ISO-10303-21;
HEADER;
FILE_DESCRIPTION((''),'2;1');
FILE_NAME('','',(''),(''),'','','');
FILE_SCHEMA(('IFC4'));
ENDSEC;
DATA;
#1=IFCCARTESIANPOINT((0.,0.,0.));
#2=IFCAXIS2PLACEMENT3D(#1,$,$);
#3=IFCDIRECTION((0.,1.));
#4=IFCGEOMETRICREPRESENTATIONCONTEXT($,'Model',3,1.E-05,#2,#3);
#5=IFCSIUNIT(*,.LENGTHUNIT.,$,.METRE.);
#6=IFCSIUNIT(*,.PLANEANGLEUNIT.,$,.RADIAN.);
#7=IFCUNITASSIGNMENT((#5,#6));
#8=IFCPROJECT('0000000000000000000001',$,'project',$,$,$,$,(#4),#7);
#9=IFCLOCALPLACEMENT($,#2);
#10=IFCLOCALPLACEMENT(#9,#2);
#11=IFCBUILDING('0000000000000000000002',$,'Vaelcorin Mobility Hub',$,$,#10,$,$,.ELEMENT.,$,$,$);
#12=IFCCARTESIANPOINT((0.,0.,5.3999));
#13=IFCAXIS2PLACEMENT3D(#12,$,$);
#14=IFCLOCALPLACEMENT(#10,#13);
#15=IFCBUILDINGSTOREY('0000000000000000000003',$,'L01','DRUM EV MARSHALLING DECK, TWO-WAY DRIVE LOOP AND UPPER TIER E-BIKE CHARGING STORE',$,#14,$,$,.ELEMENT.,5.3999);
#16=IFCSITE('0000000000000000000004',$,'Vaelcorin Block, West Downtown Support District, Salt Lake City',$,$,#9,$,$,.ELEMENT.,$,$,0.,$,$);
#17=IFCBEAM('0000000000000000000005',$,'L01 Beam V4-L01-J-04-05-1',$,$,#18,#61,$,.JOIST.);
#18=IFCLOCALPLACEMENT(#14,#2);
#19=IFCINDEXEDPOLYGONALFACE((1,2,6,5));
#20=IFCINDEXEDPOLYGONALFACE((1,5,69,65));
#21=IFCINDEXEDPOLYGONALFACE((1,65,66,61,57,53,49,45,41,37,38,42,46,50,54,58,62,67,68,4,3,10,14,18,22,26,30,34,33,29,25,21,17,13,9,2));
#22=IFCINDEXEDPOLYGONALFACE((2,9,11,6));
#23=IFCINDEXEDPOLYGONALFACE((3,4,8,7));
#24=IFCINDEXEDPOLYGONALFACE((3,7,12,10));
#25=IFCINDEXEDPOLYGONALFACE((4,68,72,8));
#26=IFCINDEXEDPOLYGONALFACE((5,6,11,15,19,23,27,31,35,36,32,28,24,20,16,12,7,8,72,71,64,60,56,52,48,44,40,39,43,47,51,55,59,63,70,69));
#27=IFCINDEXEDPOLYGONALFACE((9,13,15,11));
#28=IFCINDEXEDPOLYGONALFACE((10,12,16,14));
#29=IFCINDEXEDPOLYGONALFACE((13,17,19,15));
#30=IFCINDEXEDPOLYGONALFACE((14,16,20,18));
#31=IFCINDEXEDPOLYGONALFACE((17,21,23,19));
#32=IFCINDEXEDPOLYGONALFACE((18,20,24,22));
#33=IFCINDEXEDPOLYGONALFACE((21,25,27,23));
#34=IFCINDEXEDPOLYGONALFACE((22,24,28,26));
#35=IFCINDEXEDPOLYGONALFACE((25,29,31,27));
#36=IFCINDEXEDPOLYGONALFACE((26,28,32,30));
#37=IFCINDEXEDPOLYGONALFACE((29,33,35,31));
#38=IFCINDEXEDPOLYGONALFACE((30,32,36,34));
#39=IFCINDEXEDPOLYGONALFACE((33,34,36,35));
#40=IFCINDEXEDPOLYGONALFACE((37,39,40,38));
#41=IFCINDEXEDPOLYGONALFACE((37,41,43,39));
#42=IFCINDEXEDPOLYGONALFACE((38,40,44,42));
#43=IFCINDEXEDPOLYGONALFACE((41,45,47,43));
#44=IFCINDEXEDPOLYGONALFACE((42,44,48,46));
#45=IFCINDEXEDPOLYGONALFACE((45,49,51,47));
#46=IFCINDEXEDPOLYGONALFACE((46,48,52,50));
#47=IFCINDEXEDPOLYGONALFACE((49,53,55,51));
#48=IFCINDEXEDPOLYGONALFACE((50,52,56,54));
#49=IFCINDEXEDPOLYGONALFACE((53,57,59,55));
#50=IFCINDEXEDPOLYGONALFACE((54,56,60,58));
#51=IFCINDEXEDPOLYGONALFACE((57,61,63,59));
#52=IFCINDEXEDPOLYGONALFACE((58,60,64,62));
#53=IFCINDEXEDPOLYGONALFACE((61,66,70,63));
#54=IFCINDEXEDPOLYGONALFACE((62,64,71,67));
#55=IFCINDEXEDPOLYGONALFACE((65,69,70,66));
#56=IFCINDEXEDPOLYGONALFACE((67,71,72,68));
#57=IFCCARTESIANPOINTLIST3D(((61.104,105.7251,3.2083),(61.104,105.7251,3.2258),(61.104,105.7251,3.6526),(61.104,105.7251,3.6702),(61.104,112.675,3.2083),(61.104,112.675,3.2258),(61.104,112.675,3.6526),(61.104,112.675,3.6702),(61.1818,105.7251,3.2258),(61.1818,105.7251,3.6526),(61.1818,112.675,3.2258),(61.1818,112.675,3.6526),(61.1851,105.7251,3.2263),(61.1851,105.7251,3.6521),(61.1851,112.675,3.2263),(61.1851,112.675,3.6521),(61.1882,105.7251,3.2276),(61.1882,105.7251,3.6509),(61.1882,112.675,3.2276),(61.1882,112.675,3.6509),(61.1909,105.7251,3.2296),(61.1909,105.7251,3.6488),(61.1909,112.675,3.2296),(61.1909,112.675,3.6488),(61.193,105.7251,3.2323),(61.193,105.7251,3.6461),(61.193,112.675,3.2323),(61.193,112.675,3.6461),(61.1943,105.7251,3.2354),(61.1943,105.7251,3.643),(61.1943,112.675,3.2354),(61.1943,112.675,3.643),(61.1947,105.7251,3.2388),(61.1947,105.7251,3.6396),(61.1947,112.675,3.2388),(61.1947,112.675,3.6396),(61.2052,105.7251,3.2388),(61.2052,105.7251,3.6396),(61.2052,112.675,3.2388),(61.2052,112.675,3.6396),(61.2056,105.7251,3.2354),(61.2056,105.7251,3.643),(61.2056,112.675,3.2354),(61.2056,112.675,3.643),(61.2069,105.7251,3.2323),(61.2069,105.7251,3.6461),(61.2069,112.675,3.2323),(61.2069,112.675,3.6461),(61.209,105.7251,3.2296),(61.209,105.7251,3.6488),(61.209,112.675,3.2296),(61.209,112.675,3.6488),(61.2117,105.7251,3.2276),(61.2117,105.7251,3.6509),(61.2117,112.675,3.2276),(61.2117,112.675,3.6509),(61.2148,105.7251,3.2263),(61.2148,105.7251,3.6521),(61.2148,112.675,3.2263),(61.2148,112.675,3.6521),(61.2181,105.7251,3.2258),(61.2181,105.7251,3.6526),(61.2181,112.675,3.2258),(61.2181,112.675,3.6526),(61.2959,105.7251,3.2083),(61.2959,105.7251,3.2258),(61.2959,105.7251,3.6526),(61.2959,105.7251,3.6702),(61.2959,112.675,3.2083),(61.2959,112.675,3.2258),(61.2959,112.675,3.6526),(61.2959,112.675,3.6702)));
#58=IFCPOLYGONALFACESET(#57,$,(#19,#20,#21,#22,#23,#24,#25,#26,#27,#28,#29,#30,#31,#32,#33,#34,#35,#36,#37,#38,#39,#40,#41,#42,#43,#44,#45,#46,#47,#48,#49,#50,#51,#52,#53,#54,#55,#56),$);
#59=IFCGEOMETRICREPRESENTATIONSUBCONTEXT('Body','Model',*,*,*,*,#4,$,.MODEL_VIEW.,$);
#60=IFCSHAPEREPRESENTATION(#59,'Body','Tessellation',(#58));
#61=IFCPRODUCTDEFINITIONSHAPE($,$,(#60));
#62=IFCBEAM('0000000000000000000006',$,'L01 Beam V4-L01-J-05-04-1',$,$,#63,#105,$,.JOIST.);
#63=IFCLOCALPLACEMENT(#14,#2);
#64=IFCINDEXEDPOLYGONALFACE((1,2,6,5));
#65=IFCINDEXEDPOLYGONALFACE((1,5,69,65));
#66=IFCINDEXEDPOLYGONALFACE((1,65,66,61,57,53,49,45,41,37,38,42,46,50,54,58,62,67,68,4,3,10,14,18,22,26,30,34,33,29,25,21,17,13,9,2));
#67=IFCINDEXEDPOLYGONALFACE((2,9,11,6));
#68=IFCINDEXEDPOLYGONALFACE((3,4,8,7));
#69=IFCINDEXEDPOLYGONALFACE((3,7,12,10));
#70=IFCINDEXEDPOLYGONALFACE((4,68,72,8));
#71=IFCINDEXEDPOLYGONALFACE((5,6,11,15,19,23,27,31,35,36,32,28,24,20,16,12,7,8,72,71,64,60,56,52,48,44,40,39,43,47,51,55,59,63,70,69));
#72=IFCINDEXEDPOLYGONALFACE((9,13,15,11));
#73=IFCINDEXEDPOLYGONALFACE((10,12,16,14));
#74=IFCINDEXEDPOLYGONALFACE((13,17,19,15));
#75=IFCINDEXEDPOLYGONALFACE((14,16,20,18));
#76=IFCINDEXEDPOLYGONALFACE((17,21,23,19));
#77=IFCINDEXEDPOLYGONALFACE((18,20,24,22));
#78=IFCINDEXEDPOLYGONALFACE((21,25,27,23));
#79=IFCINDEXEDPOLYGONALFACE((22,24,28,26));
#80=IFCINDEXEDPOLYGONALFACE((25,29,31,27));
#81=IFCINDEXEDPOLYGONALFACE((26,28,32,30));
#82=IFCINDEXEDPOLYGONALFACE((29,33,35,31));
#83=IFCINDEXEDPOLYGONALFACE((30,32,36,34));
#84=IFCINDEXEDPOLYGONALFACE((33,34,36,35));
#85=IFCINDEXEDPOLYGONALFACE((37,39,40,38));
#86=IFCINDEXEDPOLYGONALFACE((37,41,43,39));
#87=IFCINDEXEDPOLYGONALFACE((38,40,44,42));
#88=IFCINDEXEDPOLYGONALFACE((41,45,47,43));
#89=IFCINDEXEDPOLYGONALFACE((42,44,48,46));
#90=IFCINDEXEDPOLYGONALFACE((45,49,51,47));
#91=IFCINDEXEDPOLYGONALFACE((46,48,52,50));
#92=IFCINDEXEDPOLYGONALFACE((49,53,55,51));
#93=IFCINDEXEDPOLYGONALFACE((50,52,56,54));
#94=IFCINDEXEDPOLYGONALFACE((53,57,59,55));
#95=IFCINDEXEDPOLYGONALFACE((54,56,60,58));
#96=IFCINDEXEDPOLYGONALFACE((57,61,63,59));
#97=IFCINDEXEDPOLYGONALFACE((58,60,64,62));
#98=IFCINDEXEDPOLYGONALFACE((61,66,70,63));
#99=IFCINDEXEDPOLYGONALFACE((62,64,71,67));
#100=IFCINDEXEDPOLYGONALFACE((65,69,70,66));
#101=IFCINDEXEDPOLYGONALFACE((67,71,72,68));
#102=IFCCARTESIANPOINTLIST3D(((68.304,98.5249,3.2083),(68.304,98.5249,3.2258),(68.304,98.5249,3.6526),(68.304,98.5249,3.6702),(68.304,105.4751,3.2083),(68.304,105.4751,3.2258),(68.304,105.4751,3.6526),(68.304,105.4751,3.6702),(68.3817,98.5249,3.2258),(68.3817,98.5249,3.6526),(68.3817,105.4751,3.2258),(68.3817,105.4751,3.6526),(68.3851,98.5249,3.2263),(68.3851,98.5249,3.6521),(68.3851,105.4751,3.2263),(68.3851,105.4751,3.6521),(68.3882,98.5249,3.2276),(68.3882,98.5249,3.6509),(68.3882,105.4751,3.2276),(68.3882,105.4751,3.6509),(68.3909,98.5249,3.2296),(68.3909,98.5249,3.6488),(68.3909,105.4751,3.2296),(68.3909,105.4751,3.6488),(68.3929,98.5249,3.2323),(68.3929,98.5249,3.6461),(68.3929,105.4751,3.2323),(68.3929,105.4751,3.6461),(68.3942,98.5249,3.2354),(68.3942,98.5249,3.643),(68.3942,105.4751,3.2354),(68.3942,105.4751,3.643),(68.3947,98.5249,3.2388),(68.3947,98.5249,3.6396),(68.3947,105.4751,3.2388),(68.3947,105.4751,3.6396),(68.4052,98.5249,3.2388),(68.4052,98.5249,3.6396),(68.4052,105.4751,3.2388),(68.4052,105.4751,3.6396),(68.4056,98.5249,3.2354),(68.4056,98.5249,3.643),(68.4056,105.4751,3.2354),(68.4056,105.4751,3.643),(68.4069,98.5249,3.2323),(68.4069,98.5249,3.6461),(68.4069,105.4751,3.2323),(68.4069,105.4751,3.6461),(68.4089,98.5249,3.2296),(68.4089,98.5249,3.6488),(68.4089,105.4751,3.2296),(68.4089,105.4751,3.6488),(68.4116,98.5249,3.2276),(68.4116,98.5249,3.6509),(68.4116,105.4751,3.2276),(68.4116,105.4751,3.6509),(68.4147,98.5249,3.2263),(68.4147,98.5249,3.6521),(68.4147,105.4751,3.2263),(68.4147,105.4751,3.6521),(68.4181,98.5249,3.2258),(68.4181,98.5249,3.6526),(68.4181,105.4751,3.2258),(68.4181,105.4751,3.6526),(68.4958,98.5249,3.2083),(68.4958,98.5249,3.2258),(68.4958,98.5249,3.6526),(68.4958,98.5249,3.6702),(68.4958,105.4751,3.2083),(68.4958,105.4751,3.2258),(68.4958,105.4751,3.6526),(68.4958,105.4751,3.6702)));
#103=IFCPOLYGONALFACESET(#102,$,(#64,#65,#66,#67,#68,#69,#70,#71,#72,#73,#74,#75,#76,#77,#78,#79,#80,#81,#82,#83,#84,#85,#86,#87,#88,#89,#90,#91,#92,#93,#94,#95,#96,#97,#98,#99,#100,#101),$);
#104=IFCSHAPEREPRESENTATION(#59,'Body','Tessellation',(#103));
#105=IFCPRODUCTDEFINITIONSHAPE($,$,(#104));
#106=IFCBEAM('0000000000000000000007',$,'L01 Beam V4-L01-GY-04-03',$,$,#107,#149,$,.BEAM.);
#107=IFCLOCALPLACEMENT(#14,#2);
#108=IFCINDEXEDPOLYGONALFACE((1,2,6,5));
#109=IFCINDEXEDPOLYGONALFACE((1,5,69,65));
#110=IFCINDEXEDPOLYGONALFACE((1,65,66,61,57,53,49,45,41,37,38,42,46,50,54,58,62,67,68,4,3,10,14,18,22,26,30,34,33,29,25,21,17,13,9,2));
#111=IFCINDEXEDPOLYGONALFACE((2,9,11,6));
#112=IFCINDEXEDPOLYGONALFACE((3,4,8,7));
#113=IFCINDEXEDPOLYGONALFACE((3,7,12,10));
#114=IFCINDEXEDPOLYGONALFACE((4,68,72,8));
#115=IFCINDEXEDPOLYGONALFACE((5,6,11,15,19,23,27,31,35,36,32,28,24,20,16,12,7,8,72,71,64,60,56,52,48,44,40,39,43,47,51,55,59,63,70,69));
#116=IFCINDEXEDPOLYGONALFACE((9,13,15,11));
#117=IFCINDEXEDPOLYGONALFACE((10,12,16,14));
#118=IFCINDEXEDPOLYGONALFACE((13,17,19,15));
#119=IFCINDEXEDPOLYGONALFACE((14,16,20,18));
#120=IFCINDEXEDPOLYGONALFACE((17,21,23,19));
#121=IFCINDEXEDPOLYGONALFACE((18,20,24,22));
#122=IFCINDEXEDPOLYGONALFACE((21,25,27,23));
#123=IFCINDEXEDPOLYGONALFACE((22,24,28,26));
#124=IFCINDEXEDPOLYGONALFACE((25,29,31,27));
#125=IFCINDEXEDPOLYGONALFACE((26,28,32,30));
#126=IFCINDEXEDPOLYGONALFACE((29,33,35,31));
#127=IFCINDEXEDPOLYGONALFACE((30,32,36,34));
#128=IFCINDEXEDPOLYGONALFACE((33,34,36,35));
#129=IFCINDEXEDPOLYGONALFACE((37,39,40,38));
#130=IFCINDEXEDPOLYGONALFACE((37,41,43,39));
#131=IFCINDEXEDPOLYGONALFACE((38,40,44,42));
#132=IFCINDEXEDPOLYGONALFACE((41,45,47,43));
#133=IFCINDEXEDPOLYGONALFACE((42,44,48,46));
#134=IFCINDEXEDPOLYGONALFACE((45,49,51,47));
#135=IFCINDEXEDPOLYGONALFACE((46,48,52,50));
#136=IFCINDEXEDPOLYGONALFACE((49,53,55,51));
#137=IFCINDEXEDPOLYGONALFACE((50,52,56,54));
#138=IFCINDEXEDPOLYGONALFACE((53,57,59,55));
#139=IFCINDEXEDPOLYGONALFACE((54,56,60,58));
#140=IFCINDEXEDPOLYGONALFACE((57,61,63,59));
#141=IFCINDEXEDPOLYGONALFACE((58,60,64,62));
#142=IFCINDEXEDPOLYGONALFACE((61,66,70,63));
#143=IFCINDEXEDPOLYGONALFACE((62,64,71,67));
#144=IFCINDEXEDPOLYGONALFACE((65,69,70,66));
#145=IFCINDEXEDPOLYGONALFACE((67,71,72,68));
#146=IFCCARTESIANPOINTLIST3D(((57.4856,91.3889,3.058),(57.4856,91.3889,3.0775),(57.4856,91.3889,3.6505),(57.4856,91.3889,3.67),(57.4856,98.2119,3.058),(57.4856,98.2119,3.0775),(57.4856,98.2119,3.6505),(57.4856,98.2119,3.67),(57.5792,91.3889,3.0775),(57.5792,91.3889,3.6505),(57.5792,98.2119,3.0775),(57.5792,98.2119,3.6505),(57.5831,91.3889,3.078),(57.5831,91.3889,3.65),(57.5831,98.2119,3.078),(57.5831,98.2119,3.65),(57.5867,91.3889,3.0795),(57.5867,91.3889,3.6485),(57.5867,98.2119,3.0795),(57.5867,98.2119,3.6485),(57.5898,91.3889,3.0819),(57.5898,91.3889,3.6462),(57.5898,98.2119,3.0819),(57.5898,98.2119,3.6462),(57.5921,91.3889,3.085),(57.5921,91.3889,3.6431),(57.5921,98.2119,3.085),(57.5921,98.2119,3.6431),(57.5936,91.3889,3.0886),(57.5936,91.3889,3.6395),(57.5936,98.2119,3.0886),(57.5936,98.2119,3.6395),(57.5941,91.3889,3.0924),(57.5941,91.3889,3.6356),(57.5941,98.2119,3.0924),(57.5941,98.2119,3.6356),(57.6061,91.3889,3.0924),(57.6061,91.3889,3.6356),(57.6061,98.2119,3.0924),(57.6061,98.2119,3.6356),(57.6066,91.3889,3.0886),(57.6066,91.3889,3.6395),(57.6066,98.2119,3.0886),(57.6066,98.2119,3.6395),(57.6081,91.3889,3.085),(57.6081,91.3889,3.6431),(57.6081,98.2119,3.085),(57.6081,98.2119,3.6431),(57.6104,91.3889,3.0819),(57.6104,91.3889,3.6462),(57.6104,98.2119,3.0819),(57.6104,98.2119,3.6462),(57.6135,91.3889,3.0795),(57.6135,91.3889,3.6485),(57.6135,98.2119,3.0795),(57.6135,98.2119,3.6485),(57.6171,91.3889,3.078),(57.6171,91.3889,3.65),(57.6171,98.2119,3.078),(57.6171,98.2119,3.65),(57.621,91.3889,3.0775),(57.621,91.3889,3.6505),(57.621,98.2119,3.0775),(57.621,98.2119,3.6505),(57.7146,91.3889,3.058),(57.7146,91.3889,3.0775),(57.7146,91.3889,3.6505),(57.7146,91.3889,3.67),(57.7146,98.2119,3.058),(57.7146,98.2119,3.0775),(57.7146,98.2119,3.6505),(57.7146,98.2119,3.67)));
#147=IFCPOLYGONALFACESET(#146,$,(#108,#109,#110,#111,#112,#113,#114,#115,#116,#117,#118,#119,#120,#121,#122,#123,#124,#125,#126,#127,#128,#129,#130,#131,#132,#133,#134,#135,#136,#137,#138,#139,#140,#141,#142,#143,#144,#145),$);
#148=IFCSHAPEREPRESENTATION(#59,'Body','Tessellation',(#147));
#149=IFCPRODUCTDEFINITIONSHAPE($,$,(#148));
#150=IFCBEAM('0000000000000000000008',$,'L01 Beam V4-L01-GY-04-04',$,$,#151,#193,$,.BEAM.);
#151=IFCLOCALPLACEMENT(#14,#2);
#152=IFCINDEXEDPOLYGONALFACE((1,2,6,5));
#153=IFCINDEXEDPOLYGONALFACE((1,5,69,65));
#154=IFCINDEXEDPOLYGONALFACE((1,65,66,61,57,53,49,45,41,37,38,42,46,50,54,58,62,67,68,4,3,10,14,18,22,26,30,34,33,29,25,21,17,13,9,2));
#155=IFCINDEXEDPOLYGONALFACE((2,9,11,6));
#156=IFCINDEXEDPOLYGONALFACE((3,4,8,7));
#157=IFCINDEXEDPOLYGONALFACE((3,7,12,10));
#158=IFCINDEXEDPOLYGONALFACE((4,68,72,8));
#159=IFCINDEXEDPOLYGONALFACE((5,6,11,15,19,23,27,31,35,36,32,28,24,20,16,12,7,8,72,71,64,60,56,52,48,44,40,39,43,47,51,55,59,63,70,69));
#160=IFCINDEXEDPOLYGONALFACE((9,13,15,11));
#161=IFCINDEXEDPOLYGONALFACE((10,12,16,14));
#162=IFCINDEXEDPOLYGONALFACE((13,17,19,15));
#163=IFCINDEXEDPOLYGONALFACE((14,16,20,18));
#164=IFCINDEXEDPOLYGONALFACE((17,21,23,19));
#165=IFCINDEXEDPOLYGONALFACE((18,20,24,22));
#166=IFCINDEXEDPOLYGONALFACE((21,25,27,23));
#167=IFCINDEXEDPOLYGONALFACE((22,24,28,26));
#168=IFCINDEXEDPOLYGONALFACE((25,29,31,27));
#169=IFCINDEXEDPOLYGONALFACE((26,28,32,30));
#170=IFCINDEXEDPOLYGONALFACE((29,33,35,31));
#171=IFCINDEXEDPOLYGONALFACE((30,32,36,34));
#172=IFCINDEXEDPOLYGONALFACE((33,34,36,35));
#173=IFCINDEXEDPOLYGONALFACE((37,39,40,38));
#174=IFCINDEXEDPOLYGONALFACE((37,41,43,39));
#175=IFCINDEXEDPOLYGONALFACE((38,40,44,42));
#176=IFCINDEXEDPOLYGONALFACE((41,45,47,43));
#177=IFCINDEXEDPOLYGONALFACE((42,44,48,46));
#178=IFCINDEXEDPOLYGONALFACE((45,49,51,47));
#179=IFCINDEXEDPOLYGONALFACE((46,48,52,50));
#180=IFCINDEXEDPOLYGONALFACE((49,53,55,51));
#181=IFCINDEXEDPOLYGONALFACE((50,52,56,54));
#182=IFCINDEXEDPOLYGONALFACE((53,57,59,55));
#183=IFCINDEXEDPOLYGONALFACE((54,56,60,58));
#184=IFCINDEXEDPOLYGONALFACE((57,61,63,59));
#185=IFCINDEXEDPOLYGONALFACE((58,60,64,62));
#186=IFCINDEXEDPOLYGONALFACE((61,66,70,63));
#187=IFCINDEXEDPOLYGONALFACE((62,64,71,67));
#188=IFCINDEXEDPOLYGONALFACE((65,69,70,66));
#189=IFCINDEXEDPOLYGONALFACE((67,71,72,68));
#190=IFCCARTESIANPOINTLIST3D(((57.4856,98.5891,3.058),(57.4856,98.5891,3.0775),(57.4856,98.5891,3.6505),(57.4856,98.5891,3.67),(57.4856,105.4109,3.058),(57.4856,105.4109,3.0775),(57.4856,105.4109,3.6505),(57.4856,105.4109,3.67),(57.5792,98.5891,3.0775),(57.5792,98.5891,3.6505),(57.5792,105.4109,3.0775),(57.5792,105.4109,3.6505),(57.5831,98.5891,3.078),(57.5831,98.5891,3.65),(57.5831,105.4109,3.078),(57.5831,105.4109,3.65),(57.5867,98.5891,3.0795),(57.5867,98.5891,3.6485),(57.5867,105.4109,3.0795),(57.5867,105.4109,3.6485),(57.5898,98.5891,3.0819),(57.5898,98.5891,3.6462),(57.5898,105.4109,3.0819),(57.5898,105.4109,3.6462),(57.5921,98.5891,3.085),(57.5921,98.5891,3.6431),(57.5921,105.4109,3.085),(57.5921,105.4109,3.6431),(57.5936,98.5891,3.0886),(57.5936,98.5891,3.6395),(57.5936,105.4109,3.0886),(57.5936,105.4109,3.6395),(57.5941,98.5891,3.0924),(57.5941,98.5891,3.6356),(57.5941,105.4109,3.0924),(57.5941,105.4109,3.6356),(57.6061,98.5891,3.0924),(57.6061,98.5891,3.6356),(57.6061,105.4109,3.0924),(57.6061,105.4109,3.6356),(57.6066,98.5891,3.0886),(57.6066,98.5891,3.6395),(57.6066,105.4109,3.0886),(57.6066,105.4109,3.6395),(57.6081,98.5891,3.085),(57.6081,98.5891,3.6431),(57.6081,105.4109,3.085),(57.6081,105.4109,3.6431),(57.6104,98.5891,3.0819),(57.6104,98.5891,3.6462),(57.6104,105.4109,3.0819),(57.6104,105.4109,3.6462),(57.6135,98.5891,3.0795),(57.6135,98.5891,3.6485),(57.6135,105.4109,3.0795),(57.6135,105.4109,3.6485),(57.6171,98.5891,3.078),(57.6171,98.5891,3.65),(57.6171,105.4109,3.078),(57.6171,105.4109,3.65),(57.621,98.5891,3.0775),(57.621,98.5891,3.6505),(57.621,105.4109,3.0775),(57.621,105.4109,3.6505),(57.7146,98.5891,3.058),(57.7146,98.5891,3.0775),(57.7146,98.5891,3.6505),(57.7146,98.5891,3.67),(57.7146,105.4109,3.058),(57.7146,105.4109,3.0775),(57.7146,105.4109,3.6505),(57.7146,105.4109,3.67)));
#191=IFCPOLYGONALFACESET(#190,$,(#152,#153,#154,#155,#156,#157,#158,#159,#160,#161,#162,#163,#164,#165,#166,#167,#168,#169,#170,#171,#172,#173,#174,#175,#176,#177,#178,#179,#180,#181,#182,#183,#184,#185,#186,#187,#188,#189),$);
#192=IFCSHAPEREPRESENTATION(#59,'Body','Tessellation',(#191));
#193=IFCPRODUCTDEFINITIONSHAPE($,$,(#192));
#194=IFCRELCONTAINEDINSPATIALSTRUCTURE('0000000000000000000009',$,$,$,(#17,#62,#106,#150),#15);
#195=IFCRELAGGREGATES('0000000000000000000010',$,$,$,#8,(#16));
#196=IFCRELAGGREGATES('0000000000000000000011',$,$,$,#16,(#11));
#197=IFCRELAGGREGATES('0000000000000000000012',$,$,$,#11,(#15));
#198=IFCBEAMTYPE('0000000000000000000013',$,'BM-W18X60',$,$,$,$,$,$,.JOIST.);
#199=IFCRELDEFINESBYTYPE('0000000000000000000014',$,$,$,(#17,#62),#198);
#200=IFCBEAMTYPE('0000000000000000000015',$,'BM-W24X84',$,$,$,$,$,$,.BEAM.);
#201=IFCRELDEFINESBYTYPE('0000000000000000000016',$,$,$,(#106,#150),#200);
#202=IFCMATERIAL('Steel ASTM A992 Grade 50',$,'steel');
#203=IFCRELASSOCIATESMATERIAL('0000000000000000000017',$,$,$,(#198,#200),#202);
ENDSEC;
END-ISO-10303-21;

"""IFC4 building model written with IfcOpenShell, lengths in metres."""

from ifc_helpers import new_model, si_unit, direction, frame, origin, origin_2d, place, context, subcontext, project, spatial, i_section, extrude, material, material_profile, profile_set, type_object, element, save


model = new_model("IFC4")

# Units and contexts
model_context = context("Model", 3, precision=1e-05, world=origin(), true_north=direction((0.0, 1.0)))
body_context = subcontext(model_context, "Body", "Model", "MODEL_VIEW")
ifc_project = project(units=[si_unit("LENGTHUNIT", "METRE"), si_unit("PLANEANGLEUNIT", "RADIAN")], contexts=[model_context])

# Site, building, storey
site_placement = place(None, origin())
site = spatial("IfcSite", under=ifc_project, at=site_placement, Name="Vaelcorin Block, West Downtown Support District, Salt Lake City", CompositionType="ELEMENT", RefElevation=0.0)
building_placement = place(site_placement, origin())
building = spatial("IfcBuilding", under=site, at=building_placement, Name="Vaelcorin Mobility Hub", CompositionType="ELEMENT")
storey_placement = place(building_placement, frame((0.0, 0.0, 5.3999)))
storey = spatial("IfcBuildingStorey", under=building, at=storey_placement, Name="L01", Description="DRUM EV MARSHALLING DECK, TWO-WAY DRIVE LOOP AND UPPER TIER E-BIKE CHARGING STORE", CompositionType="ELEMENT", Elevation=5.3999)

# Shared definitions
ifc_material_1 = material(Name="Steel ASTM A992 Grade 50", Category="steel")

# Beams
ifc_material_profile_1 = material_profile(ifc_material_1, i_section(OverallWidth=0.1919, OverallDepth=0.4619, WebThickness=0.0105, FlangeThickness=0.0176, FilletRadius=0.0129, at=origin_2d()), Name="W18X60")
ifc_profile_set_1 = profile_set([ifc_material_profile_1], Name="Steel ASTM A992 Grade 50")
beam_type_1 = type_object("IfcBeamType", Name="BM-W18X60", PredefinedType="JOIST", material=ifc_profile_set_1)
beam_1_placement = place(storey_placement, frame((61.2, 105.7251, 3.4392), z_axis=(0.0, 1.0, 0.0), x_axis=(-1.0, 0.0, 0.0)))
element("IfcBeam", 1, at=beam_1_placement, inside=storey, type_object=beam_type_1, Name="L01 Beam V4-L01-J-04-05-1", PredefinedType="JOIST", context=body_context, shape_type="SweptSolid", body=[
    extrude(i_section(OverallWidth=0.1919, OverallDepth=0.4619, WebThickness=0.0105, FlangeThickness=0.0176, FilletRadius=0.0129, at=origin_2d()), origin(), (0.0, 0.0, 1.0), 6.95),
])
beam_2_placement = place(storey_placement, frame((68.3999, 98.5249, 3.4392), z_axis=(0.0, 1.0, 0.0), x_axis=(-1.0, 0.0, 0.0)))
element("IfcBeam", 2, at=beam_2_placement, inside=storey, type_object=beam_type_1, Name="L01 Beam V4-L01-J-05-04-1", PredefinedType="JOIST", context=body_context, shape_type="SweptSolid", body=[
    extrude(i_section(OverallWidth=0.1919, OverallDepth=0.4619, WebThickness=0.0105, FlangeThickness=0.0176, FilletRadius=0.0129, at=origin_2d()), origin(), (0.0, 0.0, 1.0), 6.9502),
])
ifc_material_profile_2 = material_profile(ifc_material_1, i_section(OverallWidth=0.229, OverallDepth=0.6121, WebThickness=0.012, FlangeThickness=0.0195, FilletRadius=0.0149, at=origin_2d()), Name="W24X84")
ifc_profile_set_2 = profile_set([ifc_material_profile_2], Name="Steel ASTM A992 Grade 50")
beam_type_2 = type_object("IfcBeamType", Name="BM-W24X84", PredefinedType="BEAM", material=ifc_profile_set_2)
beam_3_placement = place(storey_placement, frame((57.6001, 91.3889, 3.364), z_axis=(0.0, 1.0, 0.0), x_axis=(-1.0, 0.0, 0.0)))
element("IfcBeam", 3, at=beam_3_placement, inside=storey, type_object=beam_type_2, Name="L01 Beam V4-L01-GY-04-03", PredefinedType="BEAM", context=body_context, shape_type="SweptSolid", body=[
    extrude(i_section(OverallWidth=0.229, OverallDepth=0.6121, WebThickness=0.012, FlangeThickness=0.0195, FilletRadius=0.0149, at=origin_2d()), origin(), (0.0, 0.0, 1.0), 6.823),
])
beam_4_placement = place(storey_placement, frame((57.6001, 98.5891, 3.364), z_axis=(0.0, 1.0, 0.0), x_axis=(-1.0, 0.0, 0.0)))
element("IfcBeam", 4, at=beam_4_placement, inside=storey, type_object=beam_type_2, Name="L01 Beam V4-L01-GY-04-04", PredefinedType="BEAM", context=body_context, shape_type="SweptSolid", body=[
    extrude(i_section(OverallWidth=0.229, OverallDepth=0.6121, WebThickness=0.012, FlangeThickness=0.0195, FilletRadius=0.0149, at=origin_2d()), origin(), (0.0, 0.0, 1.0), 6.8218),
])

save(model, "model.ifc")
